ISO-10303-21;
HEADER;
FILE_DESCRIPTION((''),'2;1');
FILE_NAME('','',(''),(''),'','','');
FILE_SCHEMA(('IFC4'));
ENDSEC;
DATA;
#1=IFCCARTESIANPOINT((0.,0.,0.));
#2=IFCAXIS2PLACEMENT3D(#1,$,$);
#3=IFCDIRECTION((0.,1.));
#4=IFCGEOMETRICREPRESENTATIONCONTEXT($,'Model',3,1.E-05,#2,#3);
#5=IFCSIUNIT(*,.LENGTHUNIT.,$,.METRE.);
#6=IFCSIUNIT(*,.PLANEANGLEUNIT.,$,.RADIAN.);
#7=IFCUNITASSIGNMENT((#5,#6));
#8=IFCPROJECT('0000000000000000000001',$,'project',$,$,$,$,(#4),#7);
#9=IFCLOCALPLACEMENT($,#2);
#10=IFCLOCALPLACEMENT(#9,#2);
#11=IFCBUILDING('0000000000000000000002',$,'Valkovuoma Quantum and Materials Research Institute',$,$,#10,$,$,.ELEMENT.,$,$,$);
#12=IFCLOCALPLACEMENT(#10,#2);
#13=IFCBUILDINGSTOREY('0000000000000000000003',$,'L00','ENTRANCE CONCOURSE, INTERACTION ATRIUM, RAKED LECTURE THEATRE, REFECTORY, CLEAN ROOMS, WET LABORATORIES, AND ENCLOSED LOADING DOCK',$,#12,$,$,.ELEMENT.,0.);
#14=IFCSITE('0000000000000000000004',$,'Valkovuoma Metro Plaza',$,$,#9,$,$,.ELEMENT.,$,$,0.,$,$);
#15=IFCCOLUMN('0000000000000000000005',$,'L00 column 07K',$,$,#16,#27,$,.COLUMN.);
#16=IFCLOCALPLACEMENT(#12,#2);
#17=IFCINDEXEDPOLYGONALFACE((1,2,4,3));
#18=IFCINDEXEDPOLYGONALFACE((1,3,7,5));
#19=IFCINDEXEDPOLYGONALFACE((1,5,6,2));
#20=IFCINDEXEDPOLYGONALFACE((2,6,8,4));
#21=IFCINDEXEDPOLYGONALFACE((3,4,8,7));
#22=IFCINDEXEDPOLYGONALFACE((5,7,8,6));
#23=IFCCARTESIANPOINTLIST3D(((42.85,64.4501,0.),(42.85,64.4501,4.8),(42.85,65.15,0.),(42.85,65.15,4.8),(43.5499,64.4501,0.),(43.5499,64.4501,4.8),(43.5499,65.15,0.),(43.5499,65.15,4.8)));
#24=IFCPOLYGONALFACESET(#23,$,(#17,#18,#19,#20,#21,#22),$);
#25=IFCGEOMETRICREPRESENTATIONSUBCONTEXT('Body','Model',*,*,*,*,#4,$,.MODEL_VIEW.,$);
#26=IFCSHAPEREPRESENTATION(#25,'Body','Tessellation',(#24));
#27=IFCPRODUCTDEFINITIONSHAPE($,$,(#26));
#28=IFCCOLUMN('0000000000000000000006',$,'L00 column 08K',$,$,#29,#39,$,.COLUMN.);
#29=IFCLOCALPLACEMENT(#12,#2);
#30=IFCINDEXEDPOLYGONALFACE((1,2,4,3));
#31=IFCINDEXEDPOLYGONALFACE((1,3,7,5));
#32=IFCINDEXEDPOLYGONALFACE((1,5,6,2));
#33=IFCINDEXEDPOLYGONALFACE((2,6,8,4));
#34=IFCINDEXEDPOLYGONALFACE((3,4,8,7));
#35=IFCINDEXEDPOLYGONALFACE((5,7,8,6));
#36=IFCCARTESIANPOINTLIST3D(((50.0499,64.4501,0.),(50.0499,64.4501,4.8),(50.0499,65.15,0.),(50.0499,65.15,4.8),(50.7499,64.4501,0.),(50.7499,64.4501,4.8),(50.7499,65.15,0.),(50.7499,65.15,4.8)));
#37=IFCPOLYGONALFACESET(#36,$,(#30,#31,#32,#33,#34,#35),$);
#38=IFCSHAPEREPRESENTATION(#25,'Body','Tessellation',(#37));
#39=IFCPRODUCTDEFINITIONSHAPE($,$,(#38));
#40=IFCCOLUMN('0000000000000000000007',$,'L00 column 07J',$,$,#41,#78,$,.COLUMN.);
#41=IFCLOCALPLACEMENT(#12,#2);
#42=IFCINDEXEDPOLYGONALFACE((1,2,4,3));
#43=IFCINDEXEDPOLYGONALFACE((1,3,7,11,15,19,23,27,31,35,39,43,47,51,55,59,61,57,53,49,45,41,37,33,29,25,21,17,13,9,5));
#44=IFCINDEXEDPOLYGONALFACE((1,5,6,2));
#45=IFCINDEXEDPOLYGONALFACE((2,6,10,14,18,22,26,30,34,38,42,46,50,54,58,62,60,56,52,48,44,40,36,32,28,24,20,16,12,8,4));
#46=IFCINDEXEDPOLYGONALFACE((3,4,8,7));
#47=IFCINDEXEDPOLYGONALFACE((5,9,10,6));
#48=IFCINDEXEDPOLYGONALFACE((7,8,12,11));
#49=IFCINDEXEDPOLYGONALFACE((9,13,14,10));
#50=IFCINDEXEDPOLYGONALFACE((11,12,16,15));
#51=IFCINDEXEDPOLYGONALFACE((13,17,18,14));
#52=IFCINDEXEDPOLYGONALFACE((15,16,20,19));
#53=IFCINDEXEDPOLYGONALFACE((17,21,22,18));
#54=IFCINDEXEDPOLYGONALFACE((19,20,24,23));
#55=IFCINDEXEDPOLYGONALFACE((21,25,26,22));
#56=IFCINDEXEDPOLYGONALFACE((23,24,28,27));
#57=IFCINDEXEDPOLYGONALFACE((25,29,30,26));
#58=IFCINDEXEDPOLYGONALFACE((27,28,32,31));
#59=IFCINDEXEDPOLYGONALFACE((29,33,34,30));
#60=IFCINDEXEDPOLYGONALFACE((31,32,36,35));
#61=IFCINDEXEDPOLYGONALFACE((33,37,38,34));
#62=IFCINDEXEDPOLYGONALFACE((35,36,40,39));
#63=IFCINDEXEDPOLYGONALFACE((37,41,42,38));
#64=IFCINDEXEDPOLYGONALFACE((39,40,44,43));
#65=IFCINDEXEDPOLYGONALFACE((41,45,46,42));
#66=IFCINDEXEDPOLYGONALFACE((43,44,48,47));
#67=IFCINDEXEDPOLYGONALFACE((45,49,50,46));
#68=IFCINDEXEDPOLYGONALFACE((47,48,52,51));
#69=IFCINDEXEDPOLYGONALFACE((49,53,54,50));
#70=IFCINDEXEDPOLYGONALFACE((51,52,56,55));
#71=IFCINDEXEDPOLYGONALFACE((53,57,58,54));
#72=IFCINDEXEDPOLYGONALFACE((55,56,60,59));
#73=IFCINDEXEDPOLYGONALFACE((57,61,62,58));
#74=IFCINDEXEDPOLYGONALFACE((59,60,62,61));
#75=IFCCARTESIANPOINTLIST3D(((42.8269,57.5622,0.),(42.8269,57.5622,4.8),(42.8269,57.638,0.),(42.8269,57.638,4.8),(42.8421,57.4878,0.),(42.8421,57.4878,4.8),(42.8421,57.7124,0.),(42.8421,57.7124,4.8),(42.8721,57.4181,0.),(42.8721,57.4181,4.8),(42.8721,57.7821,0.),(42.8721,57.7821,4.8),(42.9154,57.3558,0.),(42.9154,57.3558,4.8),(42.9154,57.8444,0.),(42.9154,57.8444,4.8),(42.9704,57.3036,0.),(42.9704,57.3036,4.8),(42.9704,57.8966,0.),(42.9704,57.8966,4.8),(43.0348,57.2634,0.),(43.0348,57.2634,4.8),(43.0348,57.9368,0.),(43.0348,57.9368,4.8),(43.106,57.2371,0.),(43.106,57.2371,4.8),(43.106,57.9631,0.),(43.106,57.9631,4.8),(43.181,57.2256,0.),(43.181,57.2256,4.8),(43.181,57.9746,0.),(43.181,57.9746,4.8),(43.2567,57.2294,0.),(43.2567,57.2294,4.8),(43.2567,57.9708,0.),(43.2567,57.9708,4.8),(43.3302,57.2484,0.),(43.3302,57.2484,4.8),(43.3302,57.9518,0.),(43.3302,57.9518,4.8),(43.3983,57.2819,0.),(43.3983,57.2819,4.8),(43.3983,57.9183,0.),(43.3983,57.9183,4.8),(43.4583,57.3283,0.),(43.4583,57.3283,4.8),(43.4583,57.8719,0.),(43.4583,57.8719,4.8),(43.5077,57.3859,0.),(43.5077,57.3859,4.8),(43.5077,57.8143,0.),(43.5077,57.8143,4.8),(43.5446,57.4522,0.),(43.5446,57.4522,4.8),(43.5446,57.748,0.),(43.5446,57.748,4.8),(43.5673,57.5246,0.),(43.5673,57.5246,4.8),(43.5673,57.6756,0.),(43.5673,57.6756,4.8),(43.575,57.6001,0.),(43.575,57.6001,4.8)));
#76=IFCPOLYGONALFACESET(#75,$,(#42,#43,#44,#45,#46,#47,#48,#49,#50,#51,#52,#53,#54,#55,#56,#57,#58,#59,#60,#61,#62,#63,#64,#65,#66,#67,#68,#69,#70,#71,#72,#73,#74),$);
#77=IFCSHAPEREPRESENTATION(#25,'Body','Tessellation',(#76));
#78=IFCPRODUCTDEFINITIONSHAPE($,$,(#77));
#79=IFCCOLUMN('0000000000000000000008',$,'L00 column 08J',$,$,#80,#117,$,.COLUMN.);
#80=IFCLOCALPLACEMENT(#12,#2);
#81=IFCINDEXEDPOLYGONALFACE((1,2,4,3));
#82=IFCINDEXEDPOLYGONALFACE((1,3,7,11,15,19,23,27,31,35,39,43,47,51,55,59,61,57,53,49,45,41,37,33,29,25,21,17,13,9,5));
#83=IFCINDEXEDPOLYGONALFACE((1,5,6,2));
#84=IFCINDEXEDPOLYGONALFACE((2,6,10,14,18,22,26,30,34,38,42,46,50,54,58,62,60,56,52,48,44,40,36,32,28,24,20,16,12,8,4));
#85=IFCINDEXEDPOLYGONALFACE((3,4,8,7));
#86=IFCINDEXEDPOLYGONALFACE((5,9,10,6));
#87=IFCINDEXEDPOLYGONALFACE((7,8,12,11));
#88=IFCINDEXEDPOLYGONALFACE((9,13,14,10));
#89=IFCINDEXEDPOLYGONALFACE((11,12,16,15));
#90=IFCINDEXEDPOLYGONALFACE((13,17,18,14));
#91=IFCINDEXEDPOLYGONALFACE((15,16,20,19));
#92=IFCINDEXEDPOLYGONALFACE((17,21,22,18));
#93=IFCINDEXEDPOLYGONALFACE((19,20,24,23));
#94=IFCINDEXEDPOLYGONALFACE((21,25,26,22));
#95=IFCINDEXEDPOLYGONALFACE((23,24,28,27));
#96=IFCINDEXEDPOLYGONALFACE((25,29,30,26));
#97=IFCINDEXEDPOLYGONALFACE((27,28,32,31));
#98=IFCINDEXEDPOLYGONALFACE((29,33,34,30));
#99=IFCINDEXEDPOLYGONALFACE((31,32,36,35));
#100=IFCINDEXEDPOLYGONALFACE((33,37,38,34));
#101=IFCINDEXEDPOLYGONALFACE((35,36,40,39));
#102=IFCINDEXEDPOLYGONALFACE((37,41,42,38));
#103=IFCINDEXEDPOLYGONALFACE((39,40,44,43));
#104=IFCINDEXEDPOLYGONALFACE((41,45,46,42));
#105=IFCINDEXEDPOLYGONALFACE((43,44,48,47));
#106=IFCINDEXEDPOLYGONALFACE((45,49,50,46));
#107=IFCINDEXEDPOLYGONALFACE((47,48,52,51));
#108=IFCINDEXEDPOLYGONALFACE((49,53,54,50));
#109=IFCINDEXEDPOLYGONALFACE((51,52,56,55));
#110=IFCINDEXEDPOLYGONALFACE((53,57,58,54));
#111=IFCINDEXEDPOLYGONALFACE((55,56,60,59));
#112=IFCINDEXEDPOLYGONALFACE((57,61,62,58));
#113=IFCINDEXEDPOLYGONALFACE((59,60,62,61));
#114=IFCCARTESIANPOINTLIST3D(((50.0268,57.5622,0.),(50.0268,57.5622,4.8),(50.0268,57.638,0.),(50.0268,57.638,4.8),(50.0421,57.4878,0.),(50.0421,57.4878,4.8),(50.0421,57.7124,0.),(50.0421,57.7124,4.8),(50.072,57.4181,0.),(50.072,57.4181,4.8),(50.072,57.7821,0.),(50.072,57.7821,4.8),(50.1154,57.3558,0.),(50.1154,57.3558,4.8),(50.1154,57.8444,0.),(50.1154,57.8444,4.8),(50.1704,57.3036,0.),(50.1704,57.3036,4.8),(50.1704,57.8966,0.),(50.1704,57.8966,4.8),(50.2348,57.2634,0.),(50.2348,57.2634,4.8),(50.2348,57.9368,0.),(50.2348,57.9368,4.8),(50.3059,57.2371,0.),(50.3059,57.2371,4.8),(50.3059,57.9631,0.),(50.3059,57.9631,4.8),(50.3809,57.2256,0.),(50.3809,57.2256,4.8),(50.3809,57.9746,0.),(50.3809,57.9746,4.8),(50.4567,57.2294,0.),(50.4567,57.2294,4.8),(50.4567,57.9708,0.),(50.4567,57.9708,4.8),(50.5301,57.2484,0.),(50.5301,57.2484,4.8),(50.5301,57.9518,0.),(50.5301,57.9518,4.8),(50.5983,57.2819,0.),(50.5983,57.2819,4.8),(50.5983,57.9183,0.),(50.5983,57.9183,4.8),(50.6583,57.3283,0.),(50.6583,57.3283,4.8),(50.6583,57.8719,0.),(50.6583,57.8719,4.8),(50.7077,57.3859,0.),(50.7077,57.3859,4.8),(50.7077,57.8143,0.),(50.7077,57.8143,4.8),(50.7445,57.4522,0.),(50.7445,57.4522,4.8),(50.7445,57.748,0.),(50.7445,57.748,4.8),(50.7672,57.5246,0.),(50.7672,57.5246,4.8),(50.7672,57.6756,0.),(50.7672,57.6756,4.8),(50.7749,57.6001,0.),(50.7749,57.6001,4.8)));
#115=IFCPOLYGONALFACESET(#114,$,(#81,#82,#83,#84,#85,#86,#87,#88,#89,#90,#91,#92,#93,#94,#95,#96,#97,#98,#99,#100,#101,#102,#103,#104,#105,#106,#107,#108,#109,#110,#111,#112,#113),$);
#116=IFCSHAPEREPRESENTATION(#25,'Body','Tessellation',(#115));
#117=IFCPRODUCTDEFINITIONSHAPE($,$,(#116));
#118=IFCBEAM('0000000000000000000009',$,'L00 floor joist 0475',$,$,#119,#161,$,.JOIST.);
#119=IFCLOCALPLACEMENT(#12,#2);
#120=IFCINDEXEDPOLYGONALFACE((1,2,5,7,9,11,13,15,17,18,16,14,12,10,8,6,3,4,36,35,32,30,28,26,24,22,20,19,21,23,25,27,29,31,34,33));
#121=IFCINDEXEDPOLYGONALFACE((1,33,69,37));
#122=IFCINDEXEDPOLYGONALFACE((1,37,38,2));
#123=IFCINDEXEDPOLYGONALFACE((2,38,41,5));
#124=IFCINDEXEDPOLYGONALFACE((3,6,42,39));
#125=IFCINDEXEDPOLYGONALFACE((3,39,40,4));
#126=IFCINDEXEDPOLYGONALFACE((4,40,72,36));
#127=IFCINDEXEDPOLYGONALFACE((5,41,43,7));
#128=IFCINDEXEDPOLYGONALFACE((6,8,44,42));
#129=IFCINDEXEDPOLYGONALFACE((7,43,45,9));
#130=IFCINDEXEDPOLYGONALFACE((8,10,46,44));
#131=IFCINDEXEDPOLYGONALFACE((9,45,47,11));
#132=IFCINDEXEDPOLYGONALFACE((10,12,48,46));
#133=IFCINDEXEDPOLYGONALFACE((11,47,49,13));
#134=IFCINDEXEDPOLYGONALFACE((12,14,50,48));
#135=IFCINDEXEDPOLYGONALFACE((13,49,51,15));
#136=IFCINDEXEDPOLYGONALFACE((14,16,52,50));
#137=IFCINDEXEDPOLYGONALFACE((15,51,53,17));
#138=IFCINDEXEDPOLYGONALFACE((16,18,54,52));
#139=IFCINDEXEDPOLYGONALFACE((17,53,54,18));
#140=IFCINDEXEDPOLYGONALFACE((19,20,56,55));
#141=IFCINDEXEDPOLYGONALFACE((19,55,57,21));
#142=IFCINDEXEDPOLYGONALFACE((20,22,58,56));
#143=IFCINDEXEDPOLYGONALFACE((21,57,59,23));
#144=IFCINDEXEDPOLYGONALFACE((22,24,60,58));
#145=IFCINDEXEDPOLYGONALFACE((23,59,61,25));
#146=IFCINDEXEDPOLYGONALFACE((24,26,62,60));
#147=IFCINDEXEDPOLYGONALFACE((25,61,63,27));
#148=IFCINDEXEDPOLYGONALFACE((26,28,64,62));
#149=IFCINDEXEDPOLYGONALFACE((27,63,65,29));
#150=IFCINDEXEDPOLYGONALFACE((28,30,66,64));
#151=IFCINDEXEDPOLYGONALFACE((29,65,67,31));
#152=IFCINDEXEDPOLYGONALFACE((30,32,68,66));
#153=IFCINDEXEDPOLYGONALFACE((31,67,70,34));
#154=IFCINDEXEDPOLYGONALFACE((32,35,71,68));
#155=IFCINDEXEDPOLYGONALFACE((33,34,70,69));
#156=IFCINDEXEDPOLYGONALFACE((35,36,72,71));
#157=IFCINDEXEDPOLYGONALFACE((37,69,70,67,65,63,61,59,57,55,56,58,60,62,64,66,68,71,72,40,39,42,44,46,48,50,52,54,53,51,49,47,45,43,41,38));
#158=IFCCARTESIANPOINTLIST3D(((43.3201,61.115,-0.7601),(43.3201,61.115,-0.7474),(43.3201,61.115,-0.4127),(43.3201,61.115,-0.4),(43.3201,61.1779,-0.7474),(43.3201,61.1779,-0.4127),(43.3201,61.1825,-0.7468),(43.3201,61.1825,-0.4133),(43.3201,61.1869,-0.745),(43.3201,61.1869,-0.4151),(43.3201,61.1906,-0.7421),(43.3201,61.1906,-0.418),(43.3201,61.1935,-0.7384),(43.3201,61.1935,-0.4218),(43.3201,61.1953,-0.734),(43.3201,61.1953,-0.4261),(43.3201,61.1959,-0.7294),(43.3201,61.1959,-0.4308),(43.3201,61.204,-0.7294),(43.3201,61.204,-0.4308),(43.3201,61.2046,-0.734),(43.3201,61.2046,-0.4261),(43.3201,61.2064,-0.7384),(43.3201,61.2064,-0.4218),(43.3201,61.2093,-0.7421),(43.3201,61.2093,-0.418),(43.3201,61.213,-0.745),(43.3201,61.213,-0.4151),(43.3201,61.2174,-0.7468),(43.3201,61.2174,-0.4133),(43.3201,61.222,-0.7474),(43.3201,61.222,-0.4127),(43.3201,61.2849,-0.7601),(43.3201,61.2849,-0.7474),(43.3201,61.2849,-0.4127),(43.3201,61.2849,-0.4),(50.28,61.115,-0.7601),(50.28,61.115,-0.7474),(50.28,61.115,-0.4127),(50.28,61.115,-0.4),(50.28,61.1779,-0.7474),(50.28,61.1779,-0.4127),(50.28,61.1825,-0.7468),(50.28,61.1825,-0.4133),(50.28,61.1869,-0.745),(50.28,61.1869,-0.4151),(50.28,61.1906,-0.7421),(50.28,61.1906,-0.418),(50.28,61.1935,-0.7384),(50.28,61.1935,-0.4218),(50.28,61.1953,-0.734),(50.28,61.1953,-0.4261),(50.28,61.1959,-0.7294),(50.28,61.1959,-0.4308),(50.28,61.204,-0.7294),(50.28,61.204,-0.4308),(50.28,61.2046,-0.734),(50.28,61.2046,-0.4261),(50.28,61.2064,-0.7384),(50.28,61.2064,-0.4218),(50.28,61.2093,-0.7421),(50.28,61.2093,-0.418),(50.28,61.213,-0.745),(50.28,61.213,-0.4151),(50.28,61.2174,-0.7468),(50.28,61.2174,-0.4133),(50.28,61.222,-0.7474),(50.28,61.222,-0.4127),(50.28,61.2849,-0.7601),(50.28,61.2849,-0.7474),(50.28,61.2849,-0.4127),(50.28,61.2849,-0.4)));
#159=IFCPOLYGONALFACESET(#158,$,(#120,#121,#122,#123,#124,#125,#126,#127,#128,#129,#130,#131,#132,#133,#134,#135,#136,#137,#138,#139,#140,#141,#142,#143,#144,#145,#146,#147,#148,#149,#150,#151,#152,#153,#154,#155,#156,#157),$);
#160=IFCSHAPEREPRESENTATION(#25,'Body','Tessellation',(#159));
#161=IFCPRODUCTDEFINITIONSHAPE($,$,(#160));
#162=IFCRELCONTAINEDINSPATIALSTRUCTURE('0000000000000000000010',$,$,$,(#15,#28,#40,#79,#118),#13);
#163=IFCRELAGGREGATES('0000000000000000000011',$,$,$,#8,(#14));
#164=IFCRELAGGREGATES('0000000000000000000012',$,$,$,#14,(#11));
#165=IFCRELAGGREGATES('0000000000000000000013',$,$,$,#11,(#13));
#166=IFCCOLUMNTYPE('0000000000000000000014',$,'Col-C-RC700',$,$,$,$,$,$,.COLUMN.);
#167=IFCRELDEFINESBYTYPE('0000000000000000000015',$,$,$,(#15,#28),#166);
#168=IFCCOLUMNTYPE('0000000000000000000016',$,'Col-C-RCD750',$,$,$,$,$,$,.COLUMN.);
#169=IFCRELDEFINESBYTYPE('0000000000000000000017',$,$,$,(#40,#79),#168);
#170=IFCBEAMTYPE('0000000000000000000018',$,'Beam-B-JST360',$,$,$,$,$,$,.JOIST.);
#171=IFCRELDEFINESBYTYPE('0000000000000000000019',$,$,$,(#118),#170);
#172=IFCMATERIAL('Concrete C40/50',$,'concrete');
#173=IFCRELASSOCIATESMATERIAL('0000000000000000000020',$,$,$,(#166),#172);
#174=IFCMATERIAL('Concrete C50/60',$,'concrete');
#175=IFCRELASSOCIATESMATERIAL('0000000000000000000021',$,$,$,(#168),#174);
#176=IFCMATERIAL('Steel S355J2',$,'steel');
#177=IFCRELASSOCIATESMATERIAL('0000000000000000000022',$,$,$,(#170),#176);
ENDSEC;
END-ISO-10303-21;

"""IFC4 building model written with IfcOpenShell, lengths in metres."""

from ifc_helpers import new_model, si_unit, direction, frame, origin, origin_2d, place, context, subcontext, project, spatial, rectangle, circle, i_section, extrude, material, material_profile, profile_set, type_object, element, save


model = new_model("IFC4")

# Units and contexts
model_context = context("Model", 3, precision=1e-05, world=origin(), true_north=direction((0.0, 1.0)))
body_context = subcontext(model_context, "Body", "Model", "MODEL_VIEW")
ifc_project = project(units=[si_unit("LENGTHUNIT", "METRE"), si_unit("PLANEANGLEUNIT", "RADIAN")], contexts=[model_context])

# Site, building, storey
site_placement = place(None, origin())
site = spatial("IfcSite", under=ifc_project, at=site_placement, Name="Valkovuoma Metro Plaza", CompositionType="ELEMENT", RefElevation=0.0)
building_placement = place(site_placement, origin())
building = spatial("IfcBuilding", under=site, at=building_placement, Name="Valkovuoma Quantum and Materials Research Institute", CompositionType="ELEMENT")
storey_placement = place(building_placement, origin())
storey = spatial("IfcBuildingStorey", under=building, at=storey_placement, Name="L00", Description="ENTRANCE CONCOURSE, INTERACTION ATRIUM, RAKED LECTURE THEATRE, REFECTORY, CLEAN ROOMS, WET LABORATORIES, AND ENCLOSED LOADING DOCK", CompositionType="ELEMENT", Elevation=0.0)

# Columns
ifc_material_1 = material(Name="Concrete C40/50", Category="concrete")
ifc_material_profile_1 = material_profile(ifc_material_1, rectangle(XDim=0.7, YDim=0.7, at=origin_2d()), Name="Concrete C40/50")
ifc_profile_set_1 = profile_set([ifc_material_profile_1], Name="Concrete C40/50")
column_type_1 = type_object("IfcColumnType", Name="Col-C-RC700", PredefinedType="COLUMN", material=ifc_profile_set_1)
for number, where, z_axis, x_axis, name in (
    (1, (43.2, 64.8, 0.0), (0.0, 0.0, 1.0), (1.0, 0.0, 0.0), "L00 column 07K"),
    (2, (50.3999, 64.8, 0.0), (0.0, 0.0, 1.0), (1.0, 0.0, 0.0), "L00 column 08K"),
):
    element("IfcColumn", number, at=place(storey_placement, frame(where, z_axis=z_axis, x_axis=x_axis)), inside=storey, type_object=column_type_1, Name=name, PredefinedType="COLUMN", context=body_context, shape_type="SweptSolid", body=[
        extrude(rectangle(XDim=0.7, YDim=0.7, at=origin_2d()), origin(), (0.0, 0.0, 1.0), 4.8),
    ])
ifc_material_2 = material(Name="Concrete C50/60", Category="concrete")
ifc_material_profile_2 = material_profile(ifc_material_2, circle(Radius=0.375, at=origin_2d()), Name="Concrete C50/60")
ifc_profile_set_2 = profile_set([ifc_material_profile_2], Name="Concrete C50/60")
column_type_2 = type_object("IfcColumnType", Name="Col-C-RCD750", PredefinedType="COLUMN", material=ifc_profile_set_2)
for number, where, z_axis, x_axis, name in (
    (3, (43.2, 57.6001, 0.0), (0.0, 0.0, 1.0), (1.0, 0.0, 0.0), "L00 column 07J"),
    (4, (50.3999, 57.6001, 0.0), (0.0, 0.0, 1.0), (1.0, 0.0, 0.0), "L00 column 08J"),
):
    element("IfcColumn", number, at=place(storey_placement, frame(where, z_axis=z_axis, x_axis=x_axis)), inside=storey, type_object=column_type_2, Name=name, PredefinedType="COLUMN", context=body_context, shape_type="SweptSolid", body=[
        extrude(circle(Radius=0.375, at=origin_2d()), origin(), (0.0, 0.0, 1.0), 4.8),
    ])

# Beam
ifc_material_3 = material(Name="Steel S355J2", Category="steel")
ifc_material_profile_3 = material_profile(ifc_material_3, i_section(OverallWidth=0.1699, OverallDepth=0.3601, WebThickness=0.0081, FlangeThickness=0.0127, FilletRadius=0.0181, at=origin_2d()), Name="Steel S355J2")
ifc_profile_set_3 = profile_set([ifc_material_profile_3], Name="Steel S355J2")
beam_type_1 = type_object("IfcBeamType", Name="Beam-B-JST360", PredefinedType="JOIST", material=ifc_profile_set_3)
for number, where, z_axis, x_axis, name in (
    (5, (43.3201, 61.2, -0.5801), (1.0, 0.0, 0.0), (0.0, 1.0, 0.0), "L00 floor joist 0475"),
):
    element("IfcBeam", number, at=place(storey_placement, frame(where, z_axis=z_axis, x_axis=x_axis)), inside=storey, type_object=beam_type_1, Name=name, PredefinedType="JOIST", context=body_context, shape_type="SweptSolid", body=[
        extrude(i_section(OverallWidth=0.1699, OverallDepth=0.3601, WebThickness=0.0081, FlangeThickness=0.0127, FilletRadius=0.0181, at=origin_2d()), origin(), (0.0, 0.0, 1.0), 6.96),
    ])

save(model, "model.ifc")
